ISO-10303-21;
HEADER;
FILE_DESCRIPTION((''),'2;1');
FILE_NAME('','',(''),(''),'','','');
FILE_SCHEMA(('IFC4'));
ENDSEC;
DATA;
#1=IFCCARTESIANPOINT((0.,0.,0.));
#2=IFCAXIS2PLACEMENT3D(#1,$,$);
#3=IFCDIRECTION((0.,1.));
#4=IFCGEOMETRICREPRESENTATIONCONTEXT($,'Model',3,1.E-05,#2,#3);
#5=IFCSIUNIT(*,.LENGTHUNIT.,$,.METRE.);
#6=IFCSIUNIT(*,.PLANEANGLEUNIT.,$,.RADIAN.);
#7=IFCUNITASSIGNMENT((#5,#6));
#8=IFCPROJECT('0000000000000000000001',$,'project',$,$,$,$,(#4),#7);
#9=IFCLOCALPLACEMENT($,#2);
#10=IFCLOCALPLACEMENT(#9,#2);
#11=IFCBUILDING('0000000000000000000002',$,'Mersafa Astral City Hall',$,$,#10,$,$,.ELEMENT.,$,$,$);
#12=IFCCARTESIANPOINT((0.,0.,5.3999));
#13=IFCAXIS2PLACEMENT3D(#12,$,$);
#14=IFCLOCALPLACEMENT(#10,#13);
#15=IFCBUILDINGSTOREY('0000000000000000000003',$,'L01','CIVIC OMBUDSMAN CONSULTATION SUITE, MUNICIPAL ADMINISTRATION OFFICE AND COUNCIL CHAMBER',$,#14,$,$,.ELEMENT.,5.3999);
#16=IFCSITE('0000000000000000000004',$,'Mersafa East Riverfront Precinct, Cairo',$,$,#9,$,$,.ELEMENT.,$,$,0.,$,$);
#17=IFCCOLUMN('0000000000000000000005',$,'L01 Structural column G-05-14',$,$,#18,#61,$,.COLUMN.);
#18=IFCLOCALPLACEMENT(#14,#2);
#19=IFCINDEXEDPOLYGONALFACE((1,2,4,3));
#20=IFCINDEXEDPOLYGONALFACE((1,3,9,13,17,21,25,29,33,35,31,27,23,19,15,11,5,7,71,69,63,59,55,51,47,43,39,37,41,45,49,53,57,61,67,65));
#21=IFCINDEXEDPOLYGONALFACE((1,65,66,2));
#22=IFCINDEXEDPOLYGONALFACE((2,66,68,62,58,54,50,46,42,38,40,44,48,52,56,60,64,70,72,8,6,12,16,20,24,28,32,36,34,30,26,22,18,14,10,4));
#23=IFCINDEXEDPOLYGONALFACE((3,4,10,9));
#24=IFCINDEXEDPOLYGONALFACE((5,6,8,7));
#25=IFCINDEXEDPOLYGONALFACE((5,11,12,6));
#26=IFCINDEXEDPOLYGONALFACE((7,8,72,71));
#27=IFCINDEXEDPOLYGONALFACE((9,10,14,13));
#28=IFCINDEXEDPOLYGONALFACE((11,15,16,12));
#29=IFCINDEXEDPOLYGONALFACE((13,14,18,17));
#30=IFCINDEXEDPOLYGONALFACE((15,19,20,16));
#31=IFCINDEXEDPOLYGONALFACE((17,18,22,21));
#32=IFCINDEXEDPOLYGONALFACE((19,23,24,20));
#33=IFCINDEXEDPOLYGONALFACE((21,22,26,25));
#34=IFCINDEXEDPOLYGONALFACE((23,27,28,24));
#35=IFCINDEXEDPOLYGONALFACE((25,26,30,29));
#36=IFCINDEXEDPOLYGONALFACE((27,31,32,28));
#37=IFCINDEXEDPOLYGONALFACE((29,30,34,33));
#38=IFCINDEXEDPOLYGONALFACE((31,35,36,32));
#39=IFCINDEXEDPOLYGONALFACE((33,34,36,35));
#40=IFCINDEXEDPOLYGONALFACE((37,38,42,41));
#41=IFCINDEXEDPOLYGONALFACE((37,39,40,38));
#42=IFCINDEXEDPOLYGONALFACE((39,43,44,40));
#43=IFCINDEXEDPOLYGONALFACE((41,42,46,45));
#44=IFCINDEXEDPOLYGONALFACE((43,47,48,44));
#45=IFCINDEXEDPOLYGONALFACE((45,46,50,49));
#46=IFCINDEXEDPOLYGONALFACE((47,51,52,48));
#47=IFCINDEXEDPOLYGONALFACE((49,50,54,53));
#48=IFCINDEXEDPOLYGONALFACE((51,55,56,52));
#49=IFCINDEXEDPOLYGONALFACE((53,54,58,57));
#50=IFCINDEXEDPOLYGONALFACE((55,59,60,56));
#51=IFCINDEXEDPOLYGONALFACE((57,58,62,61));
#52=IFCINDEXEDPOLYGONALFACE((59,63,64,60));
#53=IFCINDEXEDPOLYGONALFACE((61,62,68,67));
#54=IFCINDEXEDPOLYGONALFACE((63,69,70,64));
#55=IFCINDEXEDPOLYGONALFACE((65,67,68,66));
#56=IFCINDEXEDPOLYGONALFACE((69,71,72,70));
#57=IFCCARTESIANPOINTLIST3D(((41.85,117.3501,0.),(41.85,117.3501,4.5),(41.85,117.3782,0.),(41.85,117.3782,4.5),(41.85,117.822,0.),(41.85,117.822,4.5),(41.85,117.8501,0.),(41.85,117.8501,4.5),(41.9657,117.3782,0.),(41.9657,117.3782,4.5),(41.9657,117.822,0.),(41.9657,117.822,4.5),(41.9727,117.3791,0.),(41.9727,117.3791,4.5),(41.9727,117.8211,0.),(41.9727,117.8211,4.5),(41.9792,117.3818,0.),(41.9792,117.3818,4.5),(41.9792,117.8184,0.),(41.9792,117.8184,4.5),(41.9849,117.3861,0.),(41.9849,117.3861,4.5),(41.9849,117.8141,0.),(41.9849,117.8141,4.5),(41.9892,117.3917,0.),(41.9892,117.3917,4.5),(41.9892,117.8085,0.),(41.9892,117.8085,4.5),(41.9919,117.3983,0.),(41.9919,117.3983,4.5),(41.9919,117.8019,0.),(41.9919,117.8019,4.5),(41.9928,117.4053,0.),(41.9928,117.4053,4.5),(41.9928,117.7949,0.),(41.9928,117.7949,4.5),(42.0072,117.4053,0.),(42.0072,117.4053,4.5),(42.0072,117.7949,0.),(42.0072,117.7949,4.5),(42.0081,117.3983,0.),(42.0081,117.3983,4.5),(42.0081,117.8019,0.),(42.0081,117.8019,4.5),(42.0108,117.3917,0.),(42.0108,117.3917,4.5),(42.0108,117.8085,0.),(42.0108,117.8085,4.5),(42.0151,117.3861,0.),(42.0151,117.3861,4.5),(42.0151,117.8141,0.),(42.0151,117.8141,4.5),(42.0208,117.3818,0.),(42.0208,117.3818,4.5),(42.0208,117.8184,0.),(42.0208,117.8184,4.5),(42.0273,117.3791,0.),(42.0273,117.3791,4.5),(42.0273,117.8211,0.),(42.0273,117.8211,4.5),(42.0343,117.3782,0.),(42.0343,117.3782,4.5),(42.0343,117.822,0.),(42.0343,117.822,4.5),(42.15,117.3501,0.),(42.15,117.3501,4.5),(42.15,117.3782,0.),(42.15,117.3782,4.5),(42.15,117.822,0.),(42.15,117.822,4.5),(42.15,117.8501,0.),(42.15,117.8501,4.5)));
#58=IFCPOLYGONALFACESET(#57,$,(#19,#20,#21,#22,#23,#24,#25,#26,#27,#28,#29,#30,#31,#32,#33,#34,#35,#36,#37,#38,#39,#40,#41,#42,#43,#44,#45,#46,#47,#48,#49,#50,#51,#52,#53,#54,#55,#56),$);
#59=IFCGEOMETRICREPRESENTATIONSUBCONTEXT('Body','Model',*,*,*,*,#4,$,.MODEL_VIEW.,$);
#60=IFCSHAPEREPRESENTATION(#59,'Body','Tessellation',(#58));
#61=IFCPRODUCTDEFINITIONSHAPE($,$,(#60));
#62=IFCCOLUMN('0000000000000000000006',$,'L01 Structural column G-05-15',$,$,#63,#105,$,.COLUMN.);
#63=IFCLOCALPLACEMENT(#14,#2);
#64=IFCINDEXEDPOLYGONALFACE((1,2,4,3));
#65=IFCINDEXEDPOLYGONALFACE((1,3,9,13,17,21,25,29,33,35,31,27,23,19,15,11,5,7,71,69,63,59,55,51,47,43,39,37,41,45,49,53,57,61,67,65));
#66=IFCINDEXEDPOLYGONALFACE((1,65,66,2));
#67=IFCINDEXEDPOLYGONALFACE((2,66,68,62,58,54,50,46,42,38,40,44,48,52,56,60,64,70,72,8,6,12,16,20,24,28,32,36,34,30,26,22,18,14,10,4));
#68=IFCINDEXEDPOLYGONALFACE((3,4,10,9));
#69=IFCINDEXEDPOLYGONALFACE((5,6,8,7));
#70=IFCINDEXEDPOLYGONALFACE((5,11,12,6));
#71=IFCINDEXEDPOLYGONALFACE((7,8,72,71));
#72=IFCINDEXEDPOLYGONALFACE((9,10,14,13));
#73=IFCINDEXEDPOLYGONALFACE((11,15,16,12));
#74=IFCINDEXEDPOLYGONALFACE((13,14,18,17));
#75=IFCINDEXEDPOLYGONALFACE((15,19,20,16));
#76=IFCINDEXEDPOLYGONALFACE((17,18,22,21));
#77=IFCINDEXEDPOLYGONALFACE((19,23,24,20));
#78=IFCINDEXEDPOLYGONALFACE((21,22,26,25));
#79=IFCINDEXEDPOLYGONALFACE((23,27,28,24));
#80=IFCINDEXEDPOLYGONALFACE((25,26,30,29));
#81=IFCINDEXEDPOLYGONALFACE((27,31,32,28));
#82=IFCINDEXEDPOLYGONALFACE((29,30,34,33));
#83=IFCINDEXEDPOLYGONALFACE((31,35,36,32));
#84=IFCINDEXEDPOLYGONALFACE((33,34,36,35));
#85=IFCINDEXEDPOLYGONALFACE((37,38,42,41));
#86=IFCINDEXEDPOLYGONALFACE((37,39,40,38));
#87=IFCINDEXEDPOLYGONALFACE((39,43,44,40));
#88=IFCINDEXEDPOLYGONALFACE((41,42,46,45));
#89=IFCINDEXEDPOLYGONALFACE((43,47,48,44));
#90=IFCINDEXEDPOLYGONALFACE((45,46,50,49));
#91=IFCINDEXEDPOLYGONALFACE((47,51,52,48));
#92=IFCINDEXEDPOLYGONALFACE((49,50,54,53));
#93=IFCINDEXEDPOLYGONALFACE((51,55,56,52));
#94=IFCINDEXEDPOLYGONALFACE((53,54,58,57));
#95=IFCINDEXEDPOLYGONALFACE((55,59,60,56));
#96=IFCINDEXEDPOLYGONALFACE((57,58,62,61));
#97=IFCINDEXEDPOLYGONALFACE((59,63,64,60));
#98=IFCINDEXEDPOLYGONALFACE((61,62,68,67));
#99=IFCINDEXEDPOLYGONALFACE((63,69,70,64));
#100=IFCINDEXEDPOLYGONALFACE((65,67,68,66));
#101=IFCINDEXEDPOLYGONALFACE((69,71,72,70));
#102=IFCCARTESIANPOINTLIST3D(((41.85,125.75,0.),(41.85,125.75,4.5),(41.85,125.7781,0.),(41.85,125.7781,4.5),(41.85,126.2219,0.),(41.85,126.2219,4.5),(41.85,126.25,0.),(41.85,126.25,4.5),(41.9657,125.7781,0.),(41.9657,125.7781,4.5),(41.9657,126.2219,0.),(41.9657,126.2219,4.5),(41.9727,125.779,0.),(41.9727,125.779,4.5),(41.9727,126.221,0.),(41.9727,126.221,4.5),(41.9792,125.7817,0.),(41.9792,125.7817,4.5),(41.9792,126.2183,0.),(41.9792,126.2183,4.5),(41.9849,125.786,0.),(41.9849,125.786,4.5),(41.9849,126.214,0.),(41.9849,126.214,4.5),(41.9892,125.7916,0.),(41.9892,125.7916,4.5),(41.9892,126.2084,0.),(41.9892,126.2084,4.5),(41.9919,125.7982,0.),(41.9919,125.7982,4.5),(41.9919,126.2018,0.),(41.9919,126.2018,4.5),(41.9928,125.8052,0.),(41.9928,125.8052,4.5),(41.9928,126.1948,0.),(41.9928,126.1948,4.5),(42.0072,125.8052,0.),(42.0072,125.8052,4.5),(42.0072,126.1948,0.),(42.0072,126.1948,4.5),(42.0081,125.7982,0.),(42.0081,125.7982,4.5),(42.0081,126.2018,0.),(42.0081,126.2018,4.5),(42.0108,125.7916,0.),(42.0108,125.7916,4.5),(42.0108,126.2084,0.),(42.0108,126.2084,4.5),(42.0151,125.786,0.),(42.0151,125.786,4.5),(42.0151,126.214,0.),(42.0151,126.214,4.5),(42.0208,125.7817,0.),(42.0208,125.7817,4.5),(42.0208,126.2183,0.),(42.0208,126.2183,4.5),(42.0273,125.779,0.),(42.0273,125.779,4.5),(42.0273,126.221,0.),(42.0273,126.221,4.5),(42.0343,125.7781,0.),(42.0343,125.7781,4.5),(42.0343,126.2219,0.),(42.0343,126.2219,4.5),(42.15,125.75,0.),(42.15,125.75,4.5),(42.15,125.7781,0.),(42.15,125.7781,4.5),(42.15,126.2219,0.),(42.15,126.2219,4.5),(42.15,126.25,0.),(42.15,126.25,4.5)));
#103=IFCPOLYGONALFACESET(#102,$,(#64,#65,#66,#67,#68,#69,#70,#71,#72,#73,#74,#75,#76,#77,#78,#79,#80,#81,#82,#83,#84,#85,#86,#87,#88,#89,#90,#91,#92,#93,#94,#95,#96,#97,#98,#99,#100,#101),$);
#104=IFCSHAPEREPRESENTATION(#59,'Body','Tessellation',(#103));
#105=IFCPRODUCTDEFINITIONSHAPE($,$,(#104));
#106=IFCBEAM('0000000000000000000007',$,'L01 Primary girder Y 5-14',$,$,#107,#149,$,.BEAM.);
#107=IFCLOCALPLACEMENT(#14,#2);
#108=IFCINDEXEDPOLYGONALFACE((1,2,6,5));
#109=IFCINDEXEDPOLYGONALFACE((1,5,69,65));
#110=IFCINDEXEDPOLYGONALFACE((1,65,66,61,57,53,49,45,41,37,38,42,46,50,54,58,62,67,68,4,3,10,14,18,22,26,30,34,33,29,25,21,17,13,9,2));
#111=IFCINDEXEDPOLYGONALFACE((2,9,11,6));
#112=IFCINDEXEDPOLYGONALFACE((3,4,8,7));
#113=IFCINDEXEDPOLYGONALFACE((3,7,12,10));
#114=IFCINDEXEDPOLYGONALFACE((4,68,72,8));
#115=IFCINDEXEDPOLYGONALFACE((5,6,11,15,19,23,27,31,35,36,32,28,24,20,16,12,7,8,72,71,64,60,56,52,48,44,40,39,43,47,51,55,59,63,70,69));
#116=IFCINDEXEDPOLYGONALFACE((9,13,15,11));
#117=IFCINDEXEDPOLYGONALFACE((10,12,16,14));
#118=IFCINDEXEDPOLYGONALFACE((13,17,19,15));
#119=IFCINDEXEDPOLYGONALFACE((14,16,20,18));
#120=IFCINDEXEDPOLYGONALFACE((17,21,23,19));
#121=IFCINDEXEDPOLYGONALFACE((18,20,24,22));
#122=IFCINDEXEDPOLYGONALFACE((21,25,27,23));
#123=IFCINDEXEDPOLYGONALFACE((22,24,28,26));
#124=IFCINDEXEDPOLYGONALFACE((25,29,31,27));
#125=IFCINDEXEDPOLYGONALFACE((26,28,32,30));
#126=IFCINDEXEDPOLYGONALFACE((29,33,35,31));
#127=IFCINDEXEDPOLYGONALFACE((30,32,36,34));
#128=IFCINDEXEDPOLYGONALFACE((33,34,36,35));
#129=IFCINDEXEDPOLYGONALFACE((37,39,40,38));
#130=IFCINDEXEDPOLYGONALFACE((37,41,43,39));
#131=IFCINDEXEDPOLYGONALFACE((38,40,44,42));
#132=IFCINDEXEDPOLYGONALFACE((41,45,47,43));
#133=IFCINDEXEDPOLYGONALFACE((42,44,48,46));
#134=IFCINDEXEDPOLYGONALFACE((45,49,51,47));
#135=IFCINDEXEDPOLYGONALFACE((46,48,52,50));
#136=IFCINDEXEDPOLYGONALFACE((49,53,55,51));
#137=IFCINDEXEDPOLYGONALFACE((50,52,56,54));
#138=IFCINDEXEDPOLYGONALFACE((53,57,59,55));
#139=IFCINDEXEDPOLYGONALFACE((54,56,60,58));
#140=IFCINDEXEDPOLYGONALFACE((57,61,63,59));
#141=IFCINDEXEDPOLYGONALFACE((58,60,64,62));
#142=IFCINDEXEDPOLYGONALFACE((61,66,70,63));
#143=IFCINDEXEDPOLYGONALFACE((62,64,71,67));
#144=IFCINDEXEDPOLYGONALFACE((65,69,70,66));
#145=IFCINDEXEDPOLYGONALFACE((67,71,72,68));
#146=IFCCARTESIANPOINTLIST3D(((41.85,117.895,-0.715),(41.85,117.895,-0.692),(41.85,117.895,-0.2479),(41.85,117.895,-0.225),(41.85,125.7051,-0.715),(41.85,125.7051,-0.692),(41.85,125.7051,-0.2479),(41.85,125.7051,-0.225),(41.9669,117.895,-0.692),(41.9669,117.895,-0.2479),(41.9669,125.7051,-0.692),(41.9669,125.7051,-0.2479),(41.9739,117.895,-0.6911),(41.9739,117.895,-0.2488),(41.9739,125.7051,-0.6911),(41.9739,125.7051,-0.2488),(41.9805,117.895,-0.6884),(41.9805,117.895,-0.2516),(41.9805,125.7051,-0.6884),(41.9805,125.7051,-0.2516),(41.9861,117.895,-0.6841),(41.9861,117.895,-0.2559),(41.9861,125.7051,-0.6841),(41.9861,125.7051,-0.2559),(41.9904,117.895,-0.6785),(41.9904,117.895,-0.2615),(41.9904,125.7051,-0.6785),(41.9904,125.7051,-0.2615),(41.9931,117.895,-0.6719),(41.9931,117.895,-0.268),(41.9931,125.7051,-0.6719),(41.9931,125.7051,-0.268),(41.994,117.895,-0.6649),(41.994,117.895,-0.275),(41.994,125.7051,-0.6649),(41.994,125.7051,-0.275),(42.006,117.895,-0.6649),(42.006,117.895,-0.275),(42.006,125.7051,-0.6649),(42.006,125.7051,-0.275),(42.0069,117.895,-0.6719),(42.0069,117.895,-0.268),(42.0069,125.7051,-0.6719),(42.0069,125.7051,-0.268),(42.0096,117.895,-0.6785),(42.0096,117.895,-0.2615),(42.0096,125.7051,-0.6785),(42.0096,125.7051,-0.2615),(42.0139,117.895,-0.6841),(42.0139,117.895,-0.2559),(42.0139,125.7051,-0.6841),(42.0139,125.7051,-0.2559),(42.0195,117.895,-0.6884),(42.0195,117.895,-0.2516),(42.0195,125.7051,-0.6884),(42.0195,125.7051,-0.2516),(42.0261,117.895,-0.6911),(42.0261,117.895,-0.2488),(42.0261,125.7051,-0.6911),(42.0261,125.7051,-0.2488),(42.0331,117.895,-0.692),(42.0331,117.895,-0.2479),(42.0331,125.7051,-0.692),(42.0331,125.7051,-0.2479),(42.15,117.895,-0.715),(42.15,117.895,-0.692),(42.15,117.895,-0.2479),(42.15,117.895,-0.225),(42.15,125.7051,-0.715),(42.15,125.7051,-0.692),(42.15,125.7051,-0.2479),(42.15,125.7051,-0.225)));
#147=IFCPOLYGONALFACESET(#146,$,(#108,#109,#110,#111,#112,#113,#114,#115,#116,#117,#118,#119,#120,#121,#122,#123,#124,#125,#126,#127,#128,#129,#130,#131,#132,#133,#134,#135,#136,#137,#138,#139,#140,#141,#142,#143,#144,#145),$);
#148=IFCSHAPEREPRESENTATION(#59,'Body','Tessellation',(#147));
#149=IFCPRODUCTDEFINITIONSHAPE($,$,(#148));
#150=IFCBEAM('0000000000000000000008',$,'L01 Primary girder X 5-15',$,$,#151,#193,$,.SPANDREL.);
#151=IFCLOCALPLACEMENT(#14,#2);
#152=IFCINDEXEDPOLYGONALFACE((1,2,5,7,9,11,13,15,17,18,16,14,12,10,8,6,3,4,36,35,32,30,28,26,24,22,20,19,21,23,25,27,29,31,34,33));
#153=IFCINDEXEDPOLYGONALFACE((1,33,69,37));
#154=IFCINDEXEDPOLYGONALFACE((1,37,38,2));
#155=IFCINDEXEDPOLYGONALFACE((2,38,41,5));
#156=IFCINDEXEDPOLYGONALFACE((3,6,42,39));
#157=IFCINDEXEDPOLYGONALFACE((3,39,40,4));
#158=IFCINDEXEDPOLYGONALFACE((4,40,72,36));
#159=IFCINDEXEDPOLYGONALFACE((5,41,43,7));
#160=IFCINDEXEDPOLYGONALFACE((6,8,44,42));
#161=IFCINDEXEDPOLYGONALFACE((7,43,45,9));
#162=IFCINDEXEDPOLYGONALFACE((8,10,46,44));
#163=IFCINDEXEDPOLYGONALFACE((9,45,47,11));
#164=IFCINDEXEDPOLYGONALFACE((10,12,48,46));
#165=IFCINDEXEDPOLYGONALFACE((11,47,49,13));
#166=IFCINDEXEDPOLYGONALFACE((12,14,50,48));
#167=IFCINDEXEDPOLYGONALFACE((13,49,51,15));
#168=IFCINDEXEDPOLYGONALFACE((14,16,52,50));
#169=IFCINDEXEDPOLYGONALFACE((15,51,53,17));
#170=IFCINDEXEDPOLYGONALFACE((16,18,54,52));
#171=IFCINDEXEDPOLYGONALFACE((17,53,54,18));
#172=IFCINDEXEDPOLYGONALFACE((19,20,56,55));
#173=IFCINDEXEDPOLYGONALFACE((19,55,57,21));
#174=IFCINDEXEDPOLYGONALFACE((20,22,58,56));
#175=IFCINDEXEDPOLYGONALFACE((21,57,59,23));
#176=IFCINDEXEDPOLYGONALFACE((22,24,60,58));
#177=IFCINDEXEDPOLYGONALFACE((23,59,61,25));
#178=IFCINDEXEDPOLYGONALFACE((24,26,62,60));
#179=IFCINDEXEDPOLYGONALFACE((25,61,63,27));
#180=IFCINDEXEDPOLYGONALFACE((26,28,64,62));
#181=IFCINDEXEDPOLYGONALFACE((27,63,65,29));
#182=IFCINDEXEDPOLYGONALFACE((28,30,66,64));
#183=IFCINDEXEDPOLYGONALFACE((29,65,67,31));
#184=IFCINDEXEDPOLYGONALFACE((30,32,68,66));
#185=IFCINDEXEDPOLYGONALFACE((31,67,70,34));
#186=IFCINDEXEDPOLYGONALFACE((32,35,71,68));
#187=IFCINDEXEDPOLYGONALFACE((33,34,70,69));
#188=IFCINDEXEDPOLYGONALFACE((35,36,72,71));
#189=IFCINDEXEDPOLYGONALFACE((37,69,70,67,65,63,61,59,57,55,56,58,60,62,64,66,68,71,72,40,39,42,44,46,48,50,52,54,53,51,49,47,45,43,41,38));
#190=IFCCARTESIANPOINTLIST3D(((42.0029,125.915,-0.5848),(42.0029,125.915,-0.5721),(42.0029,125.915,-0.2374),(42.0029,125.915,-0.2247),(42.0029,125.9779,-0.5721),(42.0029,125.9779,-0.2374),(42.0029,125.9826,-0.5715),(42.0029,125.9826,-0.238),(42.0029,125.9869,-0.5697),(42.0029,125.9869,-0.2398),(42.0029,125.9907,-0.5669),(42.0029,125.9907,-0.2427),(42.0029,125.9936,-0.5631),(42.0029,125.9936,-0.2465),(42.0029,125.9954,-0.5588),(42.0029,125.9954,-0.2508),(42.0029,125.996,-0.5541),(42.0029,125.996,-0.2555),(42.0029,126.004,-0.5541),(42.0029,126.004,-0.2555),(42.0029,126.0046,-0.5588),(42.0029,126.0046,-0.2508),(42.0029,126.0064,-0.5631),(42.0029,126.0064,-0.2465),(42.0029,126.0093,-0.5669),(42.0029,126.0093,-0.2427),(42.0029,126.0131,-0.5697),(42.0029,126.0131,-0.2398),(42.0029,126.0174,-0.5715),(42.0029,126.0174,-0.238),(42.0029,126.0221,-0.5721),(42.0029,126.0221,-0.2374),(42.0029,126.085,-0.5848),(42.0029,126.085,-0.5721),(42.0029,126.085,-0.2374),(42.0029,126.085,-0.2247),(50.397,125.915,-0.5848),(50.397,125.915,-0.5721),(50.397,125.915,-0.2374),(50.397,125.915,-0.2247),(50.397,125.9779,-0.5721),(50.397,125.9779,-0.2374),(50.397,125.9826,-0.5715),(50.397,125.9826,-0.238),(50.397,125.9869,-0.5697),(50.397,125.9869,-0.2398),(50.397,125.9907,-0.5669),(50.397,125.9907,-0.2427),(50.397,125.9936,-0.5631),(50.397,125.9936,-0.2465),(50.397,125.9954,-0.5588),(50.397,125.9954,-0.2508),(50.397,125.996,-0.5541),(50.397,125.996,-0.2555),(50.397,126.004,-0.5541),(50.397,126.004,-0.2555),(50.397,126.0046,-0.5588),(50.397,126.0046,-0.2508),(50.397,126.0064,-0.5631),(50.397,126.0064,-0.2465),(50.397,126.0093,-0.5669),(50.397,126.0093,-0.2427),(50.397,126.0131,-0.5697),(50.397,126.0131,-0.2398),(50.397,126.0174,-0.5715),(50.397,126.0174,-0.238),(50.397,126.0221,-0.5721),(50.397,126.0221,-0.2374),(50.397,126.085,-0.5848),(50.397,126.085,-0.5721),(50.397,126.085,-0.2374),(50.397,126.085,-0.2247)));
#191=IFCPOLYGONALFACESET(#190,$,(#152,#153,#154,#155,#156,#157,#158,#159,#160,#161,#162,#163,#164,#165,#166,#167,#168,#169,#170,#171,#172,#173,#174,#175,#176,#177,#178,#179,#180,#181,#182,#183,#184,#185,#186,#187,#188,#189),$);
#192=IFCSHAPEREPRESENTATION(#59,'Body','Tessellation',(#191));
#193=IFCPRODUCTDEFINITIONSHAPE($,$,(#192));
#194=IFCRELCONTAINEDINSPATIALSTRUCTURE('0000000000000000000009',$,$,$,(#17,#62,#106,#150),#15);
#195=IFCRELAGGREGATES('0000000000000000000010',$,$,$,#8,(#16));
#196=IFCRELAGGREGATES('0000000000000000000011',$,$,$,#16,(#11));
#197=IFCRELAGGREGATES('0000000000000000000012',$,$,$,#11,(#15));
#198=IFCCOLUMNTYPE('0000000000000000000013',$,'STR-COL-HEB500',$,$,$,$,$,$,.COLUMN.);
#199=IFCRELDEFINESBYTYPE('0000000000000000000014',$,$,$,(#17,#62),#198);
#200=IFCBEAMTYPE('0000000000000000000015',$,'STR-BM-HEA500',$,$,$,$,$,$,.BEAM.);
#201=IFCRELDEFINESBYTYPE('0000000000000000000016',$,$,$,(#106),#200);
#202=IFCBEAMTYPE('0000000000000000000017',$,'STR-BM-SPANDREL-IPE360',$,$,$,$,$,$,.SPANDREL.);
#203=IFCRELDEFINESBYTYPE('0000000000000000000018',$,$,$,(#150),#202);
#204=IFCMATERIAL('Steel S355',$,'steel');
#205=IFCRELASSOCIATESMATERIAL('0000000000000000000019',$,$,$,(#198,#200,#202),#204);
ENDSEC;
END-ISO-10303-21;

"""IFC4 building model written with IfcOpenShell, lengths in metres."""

from ifc_helpers import new_model, si_unit, direction, frame, origin, origin_2d, place, context, subcontext, project, spatial, i_section, extrude, material, material_profile, profile_set, type_object, element, save


model = new_model("IFC4")

# Units and contexts
model_context = context("Model", 3, precision=1e-05, world=origin(), true_north=direction((0.0, 1.0)))
body_context = subcontext(model_context, "Body", "Model", "MODEL_VIEW")
ifc_project = project(units=[si_unit("LENGTHUNIT", "METRE"), si_unit("PLANEANGLEUNIT", "RADIAN")], contexts=[model_context])

# Site, building, storey
site_placement = place(None, origin())
site = spatial("IfcSite", under=ifc_project, at=site_placement, Name="Mersafa East Riverfront Precinct, Cairo", CompositionType="ELEMENT", RefElevation=0.0)
building_placement = place(site_placement, origin())
building = spatial("IfcBuilding", under=site, at=building_placement, Name="Mersafa Astral City Hall", CompositionType="ELEMENT")
storey_placement = place(building_placement, frame((0.0, 0.0, 5.3999)))
storey = spatial("IfcBuildingStorey", under=building, at=storey_placement, Name="L01", Description="CIVIC OMBUDSMAN CONSULTATION SUITE, MUNICIPAL ADMINISTRATION OFFICE AND COUNCIL CHAMBER", CompositionType="ELEMENT", Elevation=5.3999)

# Columns
ifc_material_1 = material(Name="Steel S355", Category="steel")
ifc_material_profile_1 = material_profile(ifc_material_1, i_section(OverallWidth=0.3, OverallDepth=0.5, WebThickness=0.0144, FlangeThickness=0.0281, FilletRadius=0.0271, at=origin_2d()), Name="HEB 500")
ifc_profile_set_1 = profile_set([ifc_material_profile_1], Name="Steel S355")
column_type = type_object("IfcColumnType", Name="STR-COL-HEB500", PredefinedType="COLUMN", material=ifc_profile_set_1)
for number, where, z_axis, x_axis, name in (
    (1, (42.0, 117.6001, 0.0), (0.0, 0.0, 1.0), (1.0, 0.0, 0.0), "L01 Structural column G-05-14"),
    (2, (42.0, 126.0, 0.0), (0.0, 0.0, 1.0), (1.0, 0.0, 0.0), "L01 Structural column G-05-15"),
):
    element("IfcColumn", number, at=place(storey_placement, frame(where, z_axis=z_axis, x_axis=x_axis)), inside=storey, type_object=column_type, Name=name, PredefinedType="COLUMN", context=body_context, shape_type="SweptSolid", body=[
        extrude(i_section(OverallWidth=0.3, OverallDepth=0.5, WebThickness=0.0144, FlangeThickness=0.0281, FilletRadius=0.0271, at=origin_2d()), origin(), (0.0, 0.0, 1.0), 4.5),
    ])

# Beams
ifc_material_profile_2 = material_profile(ifc_material_1, i_section(OverallWidth=0.3, OverallDepth=0.49, WebThickness=0.012, FlangeThickness=0.0229, FilletRadius=0.0271, at=origin_2d()), Name="HEA 500")
ifc_profile_set_2 = profile_set([ifc_material_profile_2], Name="Steel S355")
beam_type_1 = type_object("IfcBeamType", Name="STR-BM-HEA500", PredefinedType="BEAM", material=ifc_profile_set_2)
beam_1_placement = place(storey_placement, frame((42.0, 117.895, -0.47), z_axis=(0.0, 1.0, 0.0), x_axis=(-1.0, 0.0, 0.0)))
element("IfcBeam", 3, at=beam_1_placement, inside=storey, type_object=beam_type_1, Name="L01 Primary girder Y 5-14", PredefinedType="BEAM", context=body_context, shape_type="SweptSolid", body=[
    extrude(i_section(OverallWidth=0.3, OverallDepth=0.49, WebThickness=0.012, FlangeThickness=0.0229, FilletRadius=0.0271, at=origin_2d()), origin(), (0.0, 0.0, 1.0), 7.8101),
])
ifc_material_profile_3 = material_profile(ifc_material_1, i_section(OverallWidth=0.1699, OverallDepth=0.3601, WebThickness=0.0081, FlangeThickness=0.0127, FilletRadius=0.0181, at=origin_2d()), Name="IPE 360")
ifc_profile_set_3 = profile_set([ifc_material_profile_3], Name="Steel S355")
beam_type_2 = type_object("IfcBeamType", Name="STR-BM-SPANDREL-IPE360", PredefinedType="SPANDREL", material=ifc_profile_set_3)
beam_2_placement = place(storey_placement, frame((42.0029, 126.0, -0.4048), z_axis=(1.0, 0.0, 0.0), x_axis=(0.0, 1.0, 0.0)))
element("IfcBeam", 4, at=beam_2_placement, inside=storey, type_object=beam_type_2, Name="L01 Primary girder X 5-15", PredefinedType="SPANDREL", context=body_context, shape_type="SweptSolid", body=[
    extrude(i_section(OverallWidth=0.1699, OverallDepth=0.3601, WebThickness=0.0081, FlangeThickness=0.0127, FilletRadius=0.0181, at=origin_2d()), origin(), (0.0, 0.0, 1.0), 8.394),
])

save(model, "model.ifc")
